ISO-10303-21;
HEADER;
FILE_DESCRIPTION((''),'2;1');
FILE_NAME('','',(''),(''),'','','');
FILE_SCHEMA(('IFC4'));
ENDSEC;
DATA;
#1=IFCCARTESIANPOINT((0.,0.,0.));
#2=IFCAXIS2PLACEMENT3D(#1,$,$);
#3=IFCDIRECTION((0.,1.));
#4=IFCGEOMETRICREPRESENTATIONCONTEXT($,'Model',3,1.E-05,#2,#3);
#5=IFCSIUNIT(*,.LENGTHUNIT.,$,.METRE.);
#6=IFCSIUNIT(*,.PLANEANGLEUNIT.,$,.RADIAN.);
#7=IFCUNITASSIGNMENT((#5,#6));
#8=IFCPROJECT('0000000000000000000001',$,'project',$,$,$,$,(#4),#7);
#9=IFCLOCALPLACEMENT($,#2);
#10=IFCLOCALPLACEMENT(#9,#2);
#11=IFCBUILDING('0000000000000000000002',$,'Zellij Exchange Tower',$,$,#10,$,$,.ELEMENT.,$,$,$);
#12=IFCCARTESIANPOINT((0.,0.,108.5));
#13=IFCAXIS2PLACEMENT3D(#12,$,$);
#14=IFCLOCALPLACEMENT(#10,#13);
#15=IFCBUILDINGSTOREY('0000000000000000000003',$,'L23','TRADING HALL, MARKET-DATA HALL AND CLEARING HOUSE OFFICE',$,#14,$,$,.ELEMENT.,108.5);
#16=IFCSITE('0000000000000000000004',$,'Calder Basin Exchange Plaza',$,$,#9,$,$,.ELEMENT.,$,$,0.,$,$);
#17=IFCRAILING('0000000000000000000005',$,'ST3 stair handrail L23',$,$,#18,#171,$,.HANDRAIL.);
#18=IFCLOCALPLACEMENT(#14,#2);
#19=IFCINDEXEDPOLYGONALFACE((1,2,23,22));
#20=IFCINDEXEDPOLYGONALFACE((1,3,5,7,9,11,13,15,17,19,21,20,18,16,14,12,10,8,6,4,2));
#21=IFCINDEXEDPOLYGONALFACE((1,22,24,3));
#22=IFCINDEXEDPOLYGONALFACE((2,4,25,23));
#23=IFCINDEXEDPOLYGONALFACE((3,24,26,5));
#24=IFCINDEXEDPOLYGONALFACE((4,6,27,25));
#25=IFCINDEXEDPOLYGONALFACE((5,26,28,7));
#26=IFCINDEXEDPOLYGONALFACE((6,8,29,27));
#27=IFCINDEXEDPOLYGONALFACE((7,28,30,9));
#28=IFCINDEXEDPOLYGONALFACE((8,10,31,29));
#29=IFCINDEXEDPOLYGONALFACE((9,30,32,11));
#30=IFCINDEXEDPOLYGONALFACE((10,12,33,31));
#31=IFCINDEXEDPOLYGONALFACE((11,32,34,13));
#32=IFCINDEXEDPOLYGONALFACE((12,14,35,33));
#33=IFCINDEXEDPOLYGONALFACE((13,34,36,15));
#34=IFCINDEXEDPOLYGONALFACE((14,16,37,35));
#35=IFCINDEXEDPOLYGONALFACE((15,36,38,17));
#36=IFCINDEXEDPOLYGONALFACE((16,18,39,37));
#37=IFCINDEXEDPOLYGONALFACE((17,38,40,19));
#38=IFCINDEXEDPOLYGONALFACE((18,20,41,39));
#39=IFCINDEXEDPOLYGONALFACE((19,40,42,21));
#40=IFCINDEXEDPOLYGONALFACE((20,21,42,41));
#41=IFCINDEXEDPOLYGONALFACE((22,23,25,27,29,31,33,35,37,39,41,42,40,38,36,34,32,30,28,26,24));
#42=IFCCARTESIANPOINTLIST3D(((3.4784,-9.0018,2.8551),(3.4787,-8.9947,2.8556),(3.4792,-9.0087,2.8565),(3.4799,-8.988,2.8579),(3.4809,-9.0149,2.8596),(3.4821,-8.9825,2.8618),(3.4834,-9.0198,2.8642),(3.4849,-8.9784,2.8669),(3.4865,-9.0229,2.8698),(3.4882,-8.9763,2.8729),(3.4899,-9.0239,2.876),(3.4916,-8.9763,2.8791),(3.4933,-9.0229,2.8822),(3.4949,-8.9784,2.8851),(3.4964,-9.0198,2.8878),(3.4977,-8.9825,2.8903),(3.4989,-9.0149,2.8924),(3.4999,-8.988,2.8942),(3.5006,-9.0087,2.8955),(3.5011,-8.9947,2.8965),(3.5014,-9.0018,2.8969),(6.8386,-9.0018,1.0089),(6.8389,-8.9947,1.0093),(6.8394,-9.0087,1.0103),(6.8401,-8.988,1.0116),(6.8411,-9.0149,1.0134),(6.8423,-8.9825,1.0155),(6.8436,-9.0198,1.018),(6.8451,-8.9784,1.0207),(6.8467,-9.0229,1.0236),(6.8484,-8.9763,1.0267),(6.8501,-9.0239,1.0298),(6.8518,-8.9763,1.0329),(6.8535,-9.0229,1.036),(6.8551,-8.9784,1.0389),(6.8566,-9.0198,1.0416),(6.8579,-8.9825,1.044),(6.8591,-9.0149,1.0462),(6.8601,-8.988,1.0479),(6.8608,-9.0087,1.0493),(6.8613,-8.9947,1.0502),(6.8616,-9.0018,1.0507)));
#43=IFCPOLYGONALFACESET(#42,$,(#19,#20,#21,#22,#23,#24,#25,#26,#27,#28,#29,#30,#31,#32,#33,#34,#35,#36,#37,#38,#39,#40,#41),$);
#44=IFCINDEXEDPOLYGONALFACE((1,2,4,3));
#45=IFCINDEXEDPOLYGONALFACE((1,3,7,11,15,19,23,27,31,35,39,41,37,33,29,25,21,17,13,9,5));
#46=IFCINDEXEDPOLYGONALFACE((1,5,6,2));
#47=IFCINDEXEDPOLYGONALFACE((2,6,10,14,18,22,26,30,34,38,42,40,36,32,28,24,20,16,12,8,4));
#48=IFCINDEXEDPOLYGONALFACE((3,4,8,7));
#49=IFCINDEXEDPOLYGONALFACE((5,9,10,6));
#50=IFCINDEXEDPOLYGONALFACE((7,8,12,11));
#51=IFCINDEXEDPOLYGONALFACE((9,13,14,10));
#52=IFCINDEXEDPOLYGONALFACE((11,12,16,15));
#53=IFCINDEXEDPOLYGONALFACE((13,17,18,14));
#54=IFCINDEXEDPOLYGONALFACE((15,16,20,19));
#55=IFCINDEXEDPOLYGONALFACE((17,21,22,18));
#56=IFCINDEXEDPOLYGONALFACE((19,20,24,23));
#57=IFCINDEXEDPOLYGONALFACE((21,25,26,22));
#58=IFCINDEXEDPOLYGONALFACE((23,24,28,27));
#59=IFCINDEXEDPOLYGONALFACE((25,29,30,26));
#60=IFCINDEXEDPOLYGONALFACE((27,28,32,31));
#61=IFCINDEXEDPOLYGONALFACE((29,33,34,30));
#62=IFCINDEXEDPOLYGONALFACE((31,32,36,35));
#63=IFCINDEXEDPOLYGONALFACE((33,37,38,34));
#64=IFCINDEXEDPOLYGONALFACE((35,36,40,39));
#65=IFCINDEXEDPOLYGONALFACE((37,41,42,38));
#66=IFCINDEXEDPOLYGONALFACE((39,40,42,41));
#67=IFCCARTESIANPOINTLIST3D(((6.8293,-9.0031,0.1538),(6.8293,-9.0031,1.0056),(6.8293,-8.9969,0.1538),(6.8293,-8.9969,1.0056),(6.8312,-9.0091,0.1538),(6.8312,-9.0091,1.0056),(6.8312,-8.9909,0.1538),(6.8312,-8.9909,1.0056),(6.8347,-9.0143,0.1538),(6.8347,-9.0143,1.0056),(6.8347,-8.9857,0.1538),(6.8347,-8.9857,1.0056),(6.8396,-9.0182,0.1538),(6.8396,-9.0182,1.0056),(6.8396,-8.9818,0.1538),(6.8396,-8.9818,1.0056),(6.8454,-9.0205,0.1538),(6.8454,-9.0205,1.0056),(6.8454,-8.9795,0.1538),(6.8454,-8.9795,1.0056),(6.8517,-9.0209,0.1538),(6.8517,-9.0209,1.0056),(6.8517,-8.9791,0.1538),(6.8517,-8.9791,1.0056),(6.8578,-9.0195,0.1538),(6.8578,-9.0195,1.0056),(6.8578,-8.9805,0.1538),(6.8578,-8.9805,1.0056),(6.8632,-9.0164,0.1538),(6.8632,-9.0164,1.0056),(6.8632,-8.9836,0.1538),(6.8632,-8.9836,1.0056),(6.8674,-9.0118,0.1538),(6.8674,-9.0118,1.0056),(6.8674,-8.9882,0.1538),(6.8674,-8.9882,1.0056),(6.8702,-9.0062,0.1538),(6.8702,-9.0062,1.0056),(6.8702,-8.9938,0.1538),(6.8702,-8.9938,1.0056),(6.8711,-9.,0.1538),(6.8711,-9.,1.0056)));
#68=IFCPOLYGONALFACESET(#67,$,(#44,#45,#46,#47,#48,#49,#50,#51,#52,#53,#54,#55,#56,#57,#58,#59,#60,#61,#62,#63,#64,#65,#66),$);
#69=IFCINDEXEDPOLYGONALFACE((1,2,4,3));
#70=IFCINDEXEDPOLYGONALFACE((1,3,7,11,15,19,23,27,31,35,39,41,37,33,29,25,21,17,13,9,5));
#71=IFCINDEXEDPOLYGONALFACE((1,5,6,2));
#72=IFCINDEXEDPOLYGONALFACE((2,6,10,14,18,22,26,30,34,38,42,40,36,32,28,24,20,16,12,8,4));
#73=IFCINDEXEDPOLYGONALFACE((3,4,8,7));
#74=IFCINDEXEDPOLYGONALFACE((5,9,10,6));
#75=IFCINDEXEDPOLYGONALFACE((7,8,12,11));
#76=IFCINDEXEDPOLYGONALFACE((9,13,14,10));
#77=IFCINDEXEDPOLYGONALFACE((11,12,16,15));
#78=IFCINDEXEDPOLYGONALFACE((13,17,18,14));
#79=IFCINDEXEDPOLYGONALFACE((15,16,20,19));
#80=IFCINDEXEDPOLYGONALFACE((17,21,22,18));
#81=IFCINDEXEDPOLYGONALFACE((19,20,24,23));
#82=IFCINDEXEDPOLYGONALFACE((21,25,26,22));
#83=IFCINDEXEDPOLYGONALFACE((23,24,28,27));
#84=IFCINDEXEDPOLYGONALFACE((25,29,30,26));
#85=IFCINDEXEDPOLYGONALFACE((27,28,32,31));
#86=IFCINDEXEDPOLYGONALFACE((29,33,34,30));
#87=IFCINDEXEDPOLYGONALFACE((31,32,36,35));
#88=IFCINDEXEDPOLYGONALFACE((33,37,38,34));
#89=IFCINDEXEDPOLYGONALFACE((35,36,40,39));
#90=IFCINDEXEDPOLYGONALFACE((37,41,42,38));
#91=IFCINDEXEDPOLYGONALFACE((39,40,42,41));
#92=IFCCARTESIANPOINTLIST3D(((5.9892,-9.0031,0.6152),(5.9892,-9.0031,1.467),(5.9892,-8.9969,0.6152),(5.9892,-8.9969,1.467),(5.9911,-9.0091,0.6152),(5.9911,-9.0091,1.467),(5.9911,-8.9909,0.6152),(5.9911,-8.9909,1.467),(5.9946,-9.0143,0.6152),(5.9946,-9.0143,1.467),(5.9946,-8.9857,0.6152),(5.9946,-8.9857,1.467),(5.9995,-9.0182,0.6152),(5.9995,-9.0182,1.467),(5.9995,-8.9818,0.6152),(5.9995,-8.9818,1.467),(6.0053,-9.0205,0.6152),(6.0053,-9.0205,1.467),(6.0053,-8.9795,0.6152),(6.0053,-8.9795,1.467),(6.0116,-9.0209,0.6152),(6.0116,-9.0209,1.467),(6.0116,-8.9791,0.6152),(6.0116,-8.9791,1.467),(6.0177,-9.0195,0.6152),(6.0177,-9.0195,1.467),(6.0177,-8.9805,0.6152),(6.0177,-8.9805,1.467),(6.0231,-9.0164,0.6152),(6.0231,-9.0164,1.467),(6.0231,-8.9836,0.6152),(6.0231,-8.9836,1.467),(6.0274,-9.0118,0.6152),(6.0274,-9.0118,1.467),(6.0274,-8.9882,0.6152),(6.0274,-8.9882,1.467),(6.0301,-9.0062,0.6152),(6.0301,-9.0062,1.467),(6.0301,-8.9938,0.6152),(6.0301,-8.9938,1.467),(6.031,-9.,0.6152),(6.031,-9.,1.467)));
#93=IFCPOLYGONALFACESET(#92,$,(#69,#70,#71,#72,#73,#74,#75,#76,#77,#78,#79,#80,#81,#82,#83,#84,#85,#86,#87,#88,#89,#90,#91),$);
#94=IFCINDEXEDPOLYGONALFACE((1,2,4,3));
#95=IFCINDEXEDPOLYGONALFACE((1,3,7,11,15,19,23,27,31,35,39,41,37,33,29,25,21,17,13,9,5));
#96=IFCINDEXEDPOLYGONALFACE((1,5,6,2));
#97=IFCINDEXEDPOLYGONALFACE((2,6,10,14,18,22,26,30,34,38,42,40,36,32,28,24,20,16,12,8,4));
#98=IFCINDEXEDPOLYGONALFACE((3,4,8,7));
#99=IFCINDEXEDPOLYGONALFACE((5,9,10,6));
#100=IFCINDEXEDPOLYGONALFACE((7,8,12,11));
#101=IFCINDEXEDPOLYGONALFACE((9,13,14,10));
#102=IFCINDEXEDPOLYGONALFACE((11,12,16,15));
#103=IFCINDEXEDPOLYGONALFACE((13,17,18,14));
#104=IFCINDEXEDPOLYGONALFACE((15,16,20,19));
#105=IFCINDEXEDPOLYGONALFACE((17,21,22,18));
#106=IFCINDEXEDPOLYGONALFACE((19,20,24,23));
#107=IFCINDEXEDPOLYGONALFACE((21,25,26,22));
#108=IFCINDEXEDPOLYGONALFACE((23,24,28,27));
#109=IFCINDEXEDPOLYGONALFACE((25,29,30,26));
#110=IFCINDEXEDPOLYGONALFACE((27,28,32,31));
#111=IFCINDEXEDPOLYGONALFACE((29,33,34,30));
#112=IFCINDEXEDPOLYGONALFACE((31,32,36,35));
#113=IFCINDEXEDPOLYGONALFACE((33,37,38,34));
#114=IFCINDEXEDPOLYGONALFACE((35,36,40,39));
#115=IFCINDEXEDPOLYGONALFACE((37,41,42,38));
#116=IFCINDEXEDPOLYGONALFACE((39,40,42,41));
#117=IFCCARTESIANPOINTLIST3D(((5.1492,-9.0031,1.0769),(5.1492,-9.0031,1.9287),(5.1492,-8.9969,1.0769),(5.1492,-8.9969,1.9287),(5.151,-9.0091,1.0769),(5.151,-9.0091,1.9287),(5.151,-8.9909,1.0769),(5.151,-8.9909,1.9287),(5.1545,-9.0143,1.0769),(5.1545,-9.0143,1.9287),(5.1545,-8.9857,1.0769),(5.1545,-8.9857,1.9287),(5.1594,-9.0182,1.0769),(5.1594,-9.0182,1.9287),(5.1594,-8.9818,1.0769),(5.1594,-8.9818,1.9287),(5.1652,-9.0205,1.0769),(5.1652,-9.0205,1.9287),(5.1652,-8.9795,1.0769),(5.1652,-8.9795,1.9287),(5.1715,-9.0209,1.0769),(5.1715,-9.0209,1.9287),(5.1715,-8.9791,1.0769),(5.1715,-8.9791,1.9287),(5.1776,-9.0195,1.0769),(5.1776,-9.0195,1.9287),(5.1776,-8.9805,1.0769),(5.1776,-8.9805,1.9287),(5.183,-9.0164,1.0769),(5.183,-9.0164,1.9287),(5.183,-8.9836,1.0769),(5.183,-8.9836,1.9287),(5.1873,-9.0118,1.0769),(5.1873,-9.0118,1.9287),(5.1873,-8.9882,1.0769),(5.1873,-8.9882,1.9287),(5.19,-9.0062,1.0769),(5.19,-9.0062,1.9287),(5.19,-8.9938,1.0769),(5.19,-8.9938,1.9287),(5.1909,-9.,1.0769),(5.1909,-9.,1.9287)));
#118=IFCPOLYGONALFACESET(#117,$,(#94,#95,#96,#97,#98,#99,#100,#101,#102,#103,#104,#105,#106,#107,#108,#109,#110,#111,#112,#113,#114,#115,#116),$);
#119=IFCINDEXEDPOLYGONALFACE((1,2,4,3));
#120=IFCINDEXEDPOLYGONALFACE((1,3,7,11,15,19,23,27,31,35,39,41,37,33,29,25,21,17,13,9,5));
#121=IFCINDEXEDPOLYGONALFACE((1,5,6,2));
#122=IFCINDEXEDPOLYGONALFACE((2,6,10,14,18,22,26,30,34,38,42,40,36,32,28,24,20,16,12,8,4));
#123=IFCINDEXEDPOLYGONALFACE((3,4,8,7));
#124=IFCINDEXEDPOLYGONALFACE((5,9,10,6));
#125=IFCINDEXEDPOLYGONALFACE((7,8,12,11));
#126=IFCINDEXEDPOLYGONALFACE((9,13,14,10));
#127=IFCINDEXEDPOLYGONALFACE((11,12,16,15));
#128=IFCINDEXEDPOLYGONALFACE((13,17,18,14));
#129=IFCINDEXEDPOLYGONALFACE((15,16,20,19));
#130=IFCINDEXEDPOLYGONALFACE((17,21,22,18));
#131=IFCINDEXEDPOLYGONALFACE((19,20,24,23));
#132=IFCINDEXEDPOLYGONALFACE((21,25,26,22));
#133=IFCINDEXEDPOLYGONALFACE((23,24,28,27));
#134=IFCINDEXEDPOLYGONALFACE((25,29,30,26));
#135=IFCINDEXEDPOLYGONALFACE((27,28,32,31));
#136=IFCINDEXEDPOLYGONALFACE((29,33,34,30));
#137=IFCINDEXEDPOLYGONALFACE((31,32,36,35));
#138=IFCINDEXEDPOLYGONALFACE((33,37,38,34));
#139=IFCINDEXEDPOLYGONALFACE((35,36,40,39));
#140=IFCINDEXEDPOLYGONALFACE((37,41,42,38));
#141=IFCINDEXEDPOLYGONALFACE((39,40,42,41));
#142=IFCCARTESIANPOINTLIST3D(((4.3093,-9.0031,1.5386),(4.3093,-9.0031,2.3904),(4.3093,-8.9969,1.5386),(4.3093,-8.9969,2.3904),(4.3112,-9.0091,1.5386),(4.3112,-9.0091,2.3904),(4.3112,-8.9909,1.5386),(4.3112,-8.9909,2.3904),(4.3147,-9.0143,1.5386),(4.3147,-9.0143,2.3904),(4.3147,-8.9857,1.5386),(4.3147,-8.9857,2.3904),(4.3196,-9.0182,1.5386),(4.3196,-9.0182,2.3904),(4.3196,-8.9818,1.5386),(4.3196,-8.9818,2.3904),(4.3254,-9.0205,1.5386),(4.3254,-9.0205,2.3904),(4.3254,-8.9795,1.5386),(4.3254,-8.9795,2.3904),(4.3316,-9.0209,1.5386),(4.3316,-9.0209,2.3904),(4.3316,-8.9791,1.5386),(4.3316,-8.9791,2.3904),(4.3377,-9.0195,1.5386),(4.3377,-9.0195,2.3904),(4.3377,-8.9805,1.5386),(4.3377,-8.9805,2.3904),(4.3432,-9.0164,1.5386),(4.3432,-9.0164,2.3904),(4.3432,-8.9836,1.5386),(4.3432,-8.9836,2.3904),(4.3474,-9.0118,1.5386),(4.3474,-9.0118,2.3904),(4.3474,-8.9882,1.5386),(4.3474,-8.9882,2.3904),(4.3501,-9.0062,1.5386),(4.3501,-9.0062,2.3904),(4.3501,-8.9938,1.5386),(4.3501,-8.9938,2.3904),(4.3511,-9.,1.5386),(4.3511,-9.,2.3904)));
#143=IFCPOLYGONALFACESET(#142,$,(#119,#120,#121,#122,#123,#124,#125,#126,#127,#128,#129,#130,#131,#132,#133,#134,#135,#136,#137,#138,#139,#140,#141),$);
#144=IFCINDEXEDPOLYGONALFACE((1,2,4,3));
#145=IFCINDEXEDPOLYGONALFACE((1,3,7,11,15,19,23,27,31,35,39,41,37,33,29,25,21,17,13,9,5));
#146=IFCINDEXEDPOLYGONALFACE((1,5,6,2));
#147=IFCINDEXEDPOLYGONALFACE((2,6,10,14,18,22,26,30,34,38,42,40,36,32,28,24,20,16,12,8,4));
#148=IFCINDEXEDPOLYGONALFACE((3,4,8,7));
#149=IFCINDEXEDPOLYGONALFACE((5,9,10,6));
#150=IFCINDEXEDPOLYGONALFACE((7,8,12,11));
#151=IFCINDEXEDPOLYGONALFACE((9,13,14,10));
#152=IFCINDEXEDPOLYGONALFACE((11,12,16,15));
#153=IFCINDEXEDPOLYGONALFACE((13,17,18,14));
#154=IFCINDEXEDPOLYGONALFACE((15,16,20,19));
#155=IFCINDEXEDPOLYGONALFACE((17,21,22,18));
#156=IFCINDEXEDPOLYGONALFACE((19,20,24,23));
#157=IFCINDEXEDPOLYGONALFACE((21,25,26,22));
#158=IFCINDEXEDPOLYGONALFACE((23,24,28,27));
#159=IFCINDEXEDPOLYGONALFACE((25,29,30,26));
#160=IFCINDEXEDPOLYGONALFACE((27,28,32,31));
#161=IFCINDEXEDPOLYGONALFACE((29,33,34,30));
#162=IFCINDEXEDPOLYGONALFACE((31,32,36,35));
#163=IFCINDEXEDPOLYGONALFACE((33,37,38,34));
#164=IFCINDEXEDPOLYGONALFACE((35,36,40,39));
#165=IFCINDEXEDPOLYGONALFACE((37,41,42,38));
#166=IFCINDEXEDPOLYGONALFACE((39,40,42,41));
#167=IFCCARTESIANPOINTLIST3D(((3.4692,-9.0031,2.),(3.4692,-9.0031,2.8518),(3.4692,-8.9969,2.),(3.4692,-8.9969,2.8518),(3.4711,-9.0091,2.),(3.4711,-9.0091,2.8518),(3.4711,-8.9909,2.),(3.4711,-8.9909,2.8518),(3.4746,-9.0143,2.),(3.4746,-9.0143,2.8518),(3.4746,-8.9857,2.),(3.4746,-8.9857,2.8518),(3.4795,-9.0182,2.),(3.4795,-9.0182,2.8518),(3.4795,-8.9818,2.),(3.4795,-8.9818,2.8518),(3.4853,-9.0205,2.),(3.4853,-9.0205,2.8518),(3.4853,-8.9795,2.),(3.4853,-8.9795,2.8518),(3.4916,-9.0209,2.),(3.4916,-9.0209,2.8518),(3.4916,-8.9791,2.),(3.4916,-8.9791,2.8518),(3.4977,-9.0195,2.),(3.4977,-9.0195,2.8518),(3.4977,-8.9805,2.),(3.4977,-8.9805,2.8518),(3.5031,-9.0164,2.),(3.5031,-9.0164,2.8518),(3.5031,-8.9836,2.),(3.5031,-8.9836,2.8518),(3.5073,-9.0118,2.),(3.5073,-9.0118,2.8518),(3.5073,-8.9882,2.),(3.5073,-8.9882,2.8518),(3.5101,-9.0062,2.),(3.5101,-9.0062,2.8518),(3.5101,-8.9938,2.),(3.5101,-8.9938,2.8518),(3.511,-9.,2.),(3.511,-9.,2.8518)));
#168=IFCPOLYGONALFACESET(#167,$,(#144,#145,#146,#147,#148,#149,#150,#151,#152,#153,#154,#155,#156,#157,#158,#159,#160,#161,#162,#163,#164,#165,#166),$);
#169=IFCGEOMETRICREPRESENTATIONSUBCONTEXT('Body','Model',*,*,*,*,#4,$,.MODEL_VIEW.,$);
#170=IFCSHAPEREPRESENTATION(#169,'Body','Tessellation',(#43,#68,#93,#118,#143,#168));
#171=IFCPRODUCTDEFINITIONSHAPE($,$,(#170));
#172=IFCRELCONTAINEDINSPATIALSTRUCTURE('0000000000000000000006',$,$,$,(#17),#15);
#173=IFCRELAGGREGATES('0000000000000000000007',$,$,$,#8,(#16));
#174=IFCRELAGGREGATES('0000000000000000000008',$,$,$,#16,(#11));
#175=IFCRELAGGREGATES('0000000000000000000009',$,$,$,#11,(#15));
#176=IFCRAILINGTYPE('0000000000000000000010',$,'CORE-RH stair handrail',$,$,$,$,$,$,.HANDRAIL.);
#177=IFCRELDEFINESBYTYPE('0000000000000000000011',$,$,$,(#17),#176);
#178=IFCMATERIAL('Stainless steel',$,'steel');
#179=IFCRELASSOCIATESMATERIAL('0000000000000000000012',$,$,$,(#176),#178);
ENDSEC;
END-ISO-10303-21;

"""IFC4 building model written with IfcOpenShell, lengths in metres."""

from ifc_helpers import new_model, si_unit, direction, frame, origin, origin_2d, place, context, subcontext, project, spatial, circle, extrude, material, type_object, element, save


model = new_model("IFC4")

# Units and contexts
model_context = context("Model", 3, precision=1e-05, world=origin(), true_north=direction((0.0, 1.0)))
body_context = subcontext(model_context, "Body", "Model", "MODEL_VIEW")
ifc_project = project(units=[si_unit("LENGTHUNIT", "METRE"), si_unit("PLANEANGLEUNIT", "RADIAN")], contexts=[model_context])

# Site, building, storey
site_placement = place(None, origin())
site = spatial("IfcSite", under=ifc_project, at=site_placement, Name="Calder Basin Exchange Plaza", CompositionType="ELEMENT", RefElevation=0.0)
building_placement = place(site_placement, origin())
building = spatial("IfcBuilding", under=site, at=building_placement, Name="Zellij Exchange Tower", CompositionType="ELEMENT")
storey_placement = place(building_placement, frame((0.0, 0.0, 108.5)))
storey = spatial("IfcBuildingStorey", under=building, at=storey_placement, Name="L23", Description="TRADING HALL, MARKET-DATA HALL AND CLEARING HOUSE OFFICE", CompositionType="ELEMENT", Elevation=108.5)

# Railing
ifc_material_1 = material(Name="Stainless steel", Category="steel")
railing_type_1 = type_object("IfcRailingType", Name="CORE-RH stair handrail", PredefinedType="HANDRAIL", material=ifc_material_1)
railing_1_placement = place(storey_placement, frame((6.8501, -9.0, 0.1538)))
element("IfcRailing", 1, at=railing_1_placement, inside=storey, type_object=railing_type_1, Name="ST3 stair handrail L23", PredefinedType="HANDRAIL", context=body_context, shape_type="SweptSolid", body=[
    extrude(circle(Radius=0.0239, at=origin_2d()), frame((0.0, 0.0, 0.876), z_axis=(-0.876422, 0.0, 0.481545), x_axis=(0.0, -1.0, 0.0)), (0.0, 0.0, 1.0), 3.834),
    extrude(circle(Radius=0.021, at=origin_2d()), origin(), (0.0, 0.0, 1.0), 0.8518),
    extrude(circle(Radius=0.021, at=origin_2d()), frame((-0.8401, 0.0, 0.4614)), (0.0, 0.0, 1.0), 0.8518),
    extrude(circle(Radius=0.021, at=origin_2d()), frame((-1.6802, 0.0, 0.9231)), (0.0, 0.0, 1.0), 0.8518),
    extrude(circle(Radius=0.021, at=origin_2d()), frame((-2.52, 0.0, 1.3848)), (0.0, 0.0, 1.0), 0.8518),
    extrude(circle(Radius=0.021, at=origin_2d()), frame((-3.3601, 0.0, 1.8462)), (0.0, 0.0, 1.0), 0.8518),
])

save(model, "model.ifc")
